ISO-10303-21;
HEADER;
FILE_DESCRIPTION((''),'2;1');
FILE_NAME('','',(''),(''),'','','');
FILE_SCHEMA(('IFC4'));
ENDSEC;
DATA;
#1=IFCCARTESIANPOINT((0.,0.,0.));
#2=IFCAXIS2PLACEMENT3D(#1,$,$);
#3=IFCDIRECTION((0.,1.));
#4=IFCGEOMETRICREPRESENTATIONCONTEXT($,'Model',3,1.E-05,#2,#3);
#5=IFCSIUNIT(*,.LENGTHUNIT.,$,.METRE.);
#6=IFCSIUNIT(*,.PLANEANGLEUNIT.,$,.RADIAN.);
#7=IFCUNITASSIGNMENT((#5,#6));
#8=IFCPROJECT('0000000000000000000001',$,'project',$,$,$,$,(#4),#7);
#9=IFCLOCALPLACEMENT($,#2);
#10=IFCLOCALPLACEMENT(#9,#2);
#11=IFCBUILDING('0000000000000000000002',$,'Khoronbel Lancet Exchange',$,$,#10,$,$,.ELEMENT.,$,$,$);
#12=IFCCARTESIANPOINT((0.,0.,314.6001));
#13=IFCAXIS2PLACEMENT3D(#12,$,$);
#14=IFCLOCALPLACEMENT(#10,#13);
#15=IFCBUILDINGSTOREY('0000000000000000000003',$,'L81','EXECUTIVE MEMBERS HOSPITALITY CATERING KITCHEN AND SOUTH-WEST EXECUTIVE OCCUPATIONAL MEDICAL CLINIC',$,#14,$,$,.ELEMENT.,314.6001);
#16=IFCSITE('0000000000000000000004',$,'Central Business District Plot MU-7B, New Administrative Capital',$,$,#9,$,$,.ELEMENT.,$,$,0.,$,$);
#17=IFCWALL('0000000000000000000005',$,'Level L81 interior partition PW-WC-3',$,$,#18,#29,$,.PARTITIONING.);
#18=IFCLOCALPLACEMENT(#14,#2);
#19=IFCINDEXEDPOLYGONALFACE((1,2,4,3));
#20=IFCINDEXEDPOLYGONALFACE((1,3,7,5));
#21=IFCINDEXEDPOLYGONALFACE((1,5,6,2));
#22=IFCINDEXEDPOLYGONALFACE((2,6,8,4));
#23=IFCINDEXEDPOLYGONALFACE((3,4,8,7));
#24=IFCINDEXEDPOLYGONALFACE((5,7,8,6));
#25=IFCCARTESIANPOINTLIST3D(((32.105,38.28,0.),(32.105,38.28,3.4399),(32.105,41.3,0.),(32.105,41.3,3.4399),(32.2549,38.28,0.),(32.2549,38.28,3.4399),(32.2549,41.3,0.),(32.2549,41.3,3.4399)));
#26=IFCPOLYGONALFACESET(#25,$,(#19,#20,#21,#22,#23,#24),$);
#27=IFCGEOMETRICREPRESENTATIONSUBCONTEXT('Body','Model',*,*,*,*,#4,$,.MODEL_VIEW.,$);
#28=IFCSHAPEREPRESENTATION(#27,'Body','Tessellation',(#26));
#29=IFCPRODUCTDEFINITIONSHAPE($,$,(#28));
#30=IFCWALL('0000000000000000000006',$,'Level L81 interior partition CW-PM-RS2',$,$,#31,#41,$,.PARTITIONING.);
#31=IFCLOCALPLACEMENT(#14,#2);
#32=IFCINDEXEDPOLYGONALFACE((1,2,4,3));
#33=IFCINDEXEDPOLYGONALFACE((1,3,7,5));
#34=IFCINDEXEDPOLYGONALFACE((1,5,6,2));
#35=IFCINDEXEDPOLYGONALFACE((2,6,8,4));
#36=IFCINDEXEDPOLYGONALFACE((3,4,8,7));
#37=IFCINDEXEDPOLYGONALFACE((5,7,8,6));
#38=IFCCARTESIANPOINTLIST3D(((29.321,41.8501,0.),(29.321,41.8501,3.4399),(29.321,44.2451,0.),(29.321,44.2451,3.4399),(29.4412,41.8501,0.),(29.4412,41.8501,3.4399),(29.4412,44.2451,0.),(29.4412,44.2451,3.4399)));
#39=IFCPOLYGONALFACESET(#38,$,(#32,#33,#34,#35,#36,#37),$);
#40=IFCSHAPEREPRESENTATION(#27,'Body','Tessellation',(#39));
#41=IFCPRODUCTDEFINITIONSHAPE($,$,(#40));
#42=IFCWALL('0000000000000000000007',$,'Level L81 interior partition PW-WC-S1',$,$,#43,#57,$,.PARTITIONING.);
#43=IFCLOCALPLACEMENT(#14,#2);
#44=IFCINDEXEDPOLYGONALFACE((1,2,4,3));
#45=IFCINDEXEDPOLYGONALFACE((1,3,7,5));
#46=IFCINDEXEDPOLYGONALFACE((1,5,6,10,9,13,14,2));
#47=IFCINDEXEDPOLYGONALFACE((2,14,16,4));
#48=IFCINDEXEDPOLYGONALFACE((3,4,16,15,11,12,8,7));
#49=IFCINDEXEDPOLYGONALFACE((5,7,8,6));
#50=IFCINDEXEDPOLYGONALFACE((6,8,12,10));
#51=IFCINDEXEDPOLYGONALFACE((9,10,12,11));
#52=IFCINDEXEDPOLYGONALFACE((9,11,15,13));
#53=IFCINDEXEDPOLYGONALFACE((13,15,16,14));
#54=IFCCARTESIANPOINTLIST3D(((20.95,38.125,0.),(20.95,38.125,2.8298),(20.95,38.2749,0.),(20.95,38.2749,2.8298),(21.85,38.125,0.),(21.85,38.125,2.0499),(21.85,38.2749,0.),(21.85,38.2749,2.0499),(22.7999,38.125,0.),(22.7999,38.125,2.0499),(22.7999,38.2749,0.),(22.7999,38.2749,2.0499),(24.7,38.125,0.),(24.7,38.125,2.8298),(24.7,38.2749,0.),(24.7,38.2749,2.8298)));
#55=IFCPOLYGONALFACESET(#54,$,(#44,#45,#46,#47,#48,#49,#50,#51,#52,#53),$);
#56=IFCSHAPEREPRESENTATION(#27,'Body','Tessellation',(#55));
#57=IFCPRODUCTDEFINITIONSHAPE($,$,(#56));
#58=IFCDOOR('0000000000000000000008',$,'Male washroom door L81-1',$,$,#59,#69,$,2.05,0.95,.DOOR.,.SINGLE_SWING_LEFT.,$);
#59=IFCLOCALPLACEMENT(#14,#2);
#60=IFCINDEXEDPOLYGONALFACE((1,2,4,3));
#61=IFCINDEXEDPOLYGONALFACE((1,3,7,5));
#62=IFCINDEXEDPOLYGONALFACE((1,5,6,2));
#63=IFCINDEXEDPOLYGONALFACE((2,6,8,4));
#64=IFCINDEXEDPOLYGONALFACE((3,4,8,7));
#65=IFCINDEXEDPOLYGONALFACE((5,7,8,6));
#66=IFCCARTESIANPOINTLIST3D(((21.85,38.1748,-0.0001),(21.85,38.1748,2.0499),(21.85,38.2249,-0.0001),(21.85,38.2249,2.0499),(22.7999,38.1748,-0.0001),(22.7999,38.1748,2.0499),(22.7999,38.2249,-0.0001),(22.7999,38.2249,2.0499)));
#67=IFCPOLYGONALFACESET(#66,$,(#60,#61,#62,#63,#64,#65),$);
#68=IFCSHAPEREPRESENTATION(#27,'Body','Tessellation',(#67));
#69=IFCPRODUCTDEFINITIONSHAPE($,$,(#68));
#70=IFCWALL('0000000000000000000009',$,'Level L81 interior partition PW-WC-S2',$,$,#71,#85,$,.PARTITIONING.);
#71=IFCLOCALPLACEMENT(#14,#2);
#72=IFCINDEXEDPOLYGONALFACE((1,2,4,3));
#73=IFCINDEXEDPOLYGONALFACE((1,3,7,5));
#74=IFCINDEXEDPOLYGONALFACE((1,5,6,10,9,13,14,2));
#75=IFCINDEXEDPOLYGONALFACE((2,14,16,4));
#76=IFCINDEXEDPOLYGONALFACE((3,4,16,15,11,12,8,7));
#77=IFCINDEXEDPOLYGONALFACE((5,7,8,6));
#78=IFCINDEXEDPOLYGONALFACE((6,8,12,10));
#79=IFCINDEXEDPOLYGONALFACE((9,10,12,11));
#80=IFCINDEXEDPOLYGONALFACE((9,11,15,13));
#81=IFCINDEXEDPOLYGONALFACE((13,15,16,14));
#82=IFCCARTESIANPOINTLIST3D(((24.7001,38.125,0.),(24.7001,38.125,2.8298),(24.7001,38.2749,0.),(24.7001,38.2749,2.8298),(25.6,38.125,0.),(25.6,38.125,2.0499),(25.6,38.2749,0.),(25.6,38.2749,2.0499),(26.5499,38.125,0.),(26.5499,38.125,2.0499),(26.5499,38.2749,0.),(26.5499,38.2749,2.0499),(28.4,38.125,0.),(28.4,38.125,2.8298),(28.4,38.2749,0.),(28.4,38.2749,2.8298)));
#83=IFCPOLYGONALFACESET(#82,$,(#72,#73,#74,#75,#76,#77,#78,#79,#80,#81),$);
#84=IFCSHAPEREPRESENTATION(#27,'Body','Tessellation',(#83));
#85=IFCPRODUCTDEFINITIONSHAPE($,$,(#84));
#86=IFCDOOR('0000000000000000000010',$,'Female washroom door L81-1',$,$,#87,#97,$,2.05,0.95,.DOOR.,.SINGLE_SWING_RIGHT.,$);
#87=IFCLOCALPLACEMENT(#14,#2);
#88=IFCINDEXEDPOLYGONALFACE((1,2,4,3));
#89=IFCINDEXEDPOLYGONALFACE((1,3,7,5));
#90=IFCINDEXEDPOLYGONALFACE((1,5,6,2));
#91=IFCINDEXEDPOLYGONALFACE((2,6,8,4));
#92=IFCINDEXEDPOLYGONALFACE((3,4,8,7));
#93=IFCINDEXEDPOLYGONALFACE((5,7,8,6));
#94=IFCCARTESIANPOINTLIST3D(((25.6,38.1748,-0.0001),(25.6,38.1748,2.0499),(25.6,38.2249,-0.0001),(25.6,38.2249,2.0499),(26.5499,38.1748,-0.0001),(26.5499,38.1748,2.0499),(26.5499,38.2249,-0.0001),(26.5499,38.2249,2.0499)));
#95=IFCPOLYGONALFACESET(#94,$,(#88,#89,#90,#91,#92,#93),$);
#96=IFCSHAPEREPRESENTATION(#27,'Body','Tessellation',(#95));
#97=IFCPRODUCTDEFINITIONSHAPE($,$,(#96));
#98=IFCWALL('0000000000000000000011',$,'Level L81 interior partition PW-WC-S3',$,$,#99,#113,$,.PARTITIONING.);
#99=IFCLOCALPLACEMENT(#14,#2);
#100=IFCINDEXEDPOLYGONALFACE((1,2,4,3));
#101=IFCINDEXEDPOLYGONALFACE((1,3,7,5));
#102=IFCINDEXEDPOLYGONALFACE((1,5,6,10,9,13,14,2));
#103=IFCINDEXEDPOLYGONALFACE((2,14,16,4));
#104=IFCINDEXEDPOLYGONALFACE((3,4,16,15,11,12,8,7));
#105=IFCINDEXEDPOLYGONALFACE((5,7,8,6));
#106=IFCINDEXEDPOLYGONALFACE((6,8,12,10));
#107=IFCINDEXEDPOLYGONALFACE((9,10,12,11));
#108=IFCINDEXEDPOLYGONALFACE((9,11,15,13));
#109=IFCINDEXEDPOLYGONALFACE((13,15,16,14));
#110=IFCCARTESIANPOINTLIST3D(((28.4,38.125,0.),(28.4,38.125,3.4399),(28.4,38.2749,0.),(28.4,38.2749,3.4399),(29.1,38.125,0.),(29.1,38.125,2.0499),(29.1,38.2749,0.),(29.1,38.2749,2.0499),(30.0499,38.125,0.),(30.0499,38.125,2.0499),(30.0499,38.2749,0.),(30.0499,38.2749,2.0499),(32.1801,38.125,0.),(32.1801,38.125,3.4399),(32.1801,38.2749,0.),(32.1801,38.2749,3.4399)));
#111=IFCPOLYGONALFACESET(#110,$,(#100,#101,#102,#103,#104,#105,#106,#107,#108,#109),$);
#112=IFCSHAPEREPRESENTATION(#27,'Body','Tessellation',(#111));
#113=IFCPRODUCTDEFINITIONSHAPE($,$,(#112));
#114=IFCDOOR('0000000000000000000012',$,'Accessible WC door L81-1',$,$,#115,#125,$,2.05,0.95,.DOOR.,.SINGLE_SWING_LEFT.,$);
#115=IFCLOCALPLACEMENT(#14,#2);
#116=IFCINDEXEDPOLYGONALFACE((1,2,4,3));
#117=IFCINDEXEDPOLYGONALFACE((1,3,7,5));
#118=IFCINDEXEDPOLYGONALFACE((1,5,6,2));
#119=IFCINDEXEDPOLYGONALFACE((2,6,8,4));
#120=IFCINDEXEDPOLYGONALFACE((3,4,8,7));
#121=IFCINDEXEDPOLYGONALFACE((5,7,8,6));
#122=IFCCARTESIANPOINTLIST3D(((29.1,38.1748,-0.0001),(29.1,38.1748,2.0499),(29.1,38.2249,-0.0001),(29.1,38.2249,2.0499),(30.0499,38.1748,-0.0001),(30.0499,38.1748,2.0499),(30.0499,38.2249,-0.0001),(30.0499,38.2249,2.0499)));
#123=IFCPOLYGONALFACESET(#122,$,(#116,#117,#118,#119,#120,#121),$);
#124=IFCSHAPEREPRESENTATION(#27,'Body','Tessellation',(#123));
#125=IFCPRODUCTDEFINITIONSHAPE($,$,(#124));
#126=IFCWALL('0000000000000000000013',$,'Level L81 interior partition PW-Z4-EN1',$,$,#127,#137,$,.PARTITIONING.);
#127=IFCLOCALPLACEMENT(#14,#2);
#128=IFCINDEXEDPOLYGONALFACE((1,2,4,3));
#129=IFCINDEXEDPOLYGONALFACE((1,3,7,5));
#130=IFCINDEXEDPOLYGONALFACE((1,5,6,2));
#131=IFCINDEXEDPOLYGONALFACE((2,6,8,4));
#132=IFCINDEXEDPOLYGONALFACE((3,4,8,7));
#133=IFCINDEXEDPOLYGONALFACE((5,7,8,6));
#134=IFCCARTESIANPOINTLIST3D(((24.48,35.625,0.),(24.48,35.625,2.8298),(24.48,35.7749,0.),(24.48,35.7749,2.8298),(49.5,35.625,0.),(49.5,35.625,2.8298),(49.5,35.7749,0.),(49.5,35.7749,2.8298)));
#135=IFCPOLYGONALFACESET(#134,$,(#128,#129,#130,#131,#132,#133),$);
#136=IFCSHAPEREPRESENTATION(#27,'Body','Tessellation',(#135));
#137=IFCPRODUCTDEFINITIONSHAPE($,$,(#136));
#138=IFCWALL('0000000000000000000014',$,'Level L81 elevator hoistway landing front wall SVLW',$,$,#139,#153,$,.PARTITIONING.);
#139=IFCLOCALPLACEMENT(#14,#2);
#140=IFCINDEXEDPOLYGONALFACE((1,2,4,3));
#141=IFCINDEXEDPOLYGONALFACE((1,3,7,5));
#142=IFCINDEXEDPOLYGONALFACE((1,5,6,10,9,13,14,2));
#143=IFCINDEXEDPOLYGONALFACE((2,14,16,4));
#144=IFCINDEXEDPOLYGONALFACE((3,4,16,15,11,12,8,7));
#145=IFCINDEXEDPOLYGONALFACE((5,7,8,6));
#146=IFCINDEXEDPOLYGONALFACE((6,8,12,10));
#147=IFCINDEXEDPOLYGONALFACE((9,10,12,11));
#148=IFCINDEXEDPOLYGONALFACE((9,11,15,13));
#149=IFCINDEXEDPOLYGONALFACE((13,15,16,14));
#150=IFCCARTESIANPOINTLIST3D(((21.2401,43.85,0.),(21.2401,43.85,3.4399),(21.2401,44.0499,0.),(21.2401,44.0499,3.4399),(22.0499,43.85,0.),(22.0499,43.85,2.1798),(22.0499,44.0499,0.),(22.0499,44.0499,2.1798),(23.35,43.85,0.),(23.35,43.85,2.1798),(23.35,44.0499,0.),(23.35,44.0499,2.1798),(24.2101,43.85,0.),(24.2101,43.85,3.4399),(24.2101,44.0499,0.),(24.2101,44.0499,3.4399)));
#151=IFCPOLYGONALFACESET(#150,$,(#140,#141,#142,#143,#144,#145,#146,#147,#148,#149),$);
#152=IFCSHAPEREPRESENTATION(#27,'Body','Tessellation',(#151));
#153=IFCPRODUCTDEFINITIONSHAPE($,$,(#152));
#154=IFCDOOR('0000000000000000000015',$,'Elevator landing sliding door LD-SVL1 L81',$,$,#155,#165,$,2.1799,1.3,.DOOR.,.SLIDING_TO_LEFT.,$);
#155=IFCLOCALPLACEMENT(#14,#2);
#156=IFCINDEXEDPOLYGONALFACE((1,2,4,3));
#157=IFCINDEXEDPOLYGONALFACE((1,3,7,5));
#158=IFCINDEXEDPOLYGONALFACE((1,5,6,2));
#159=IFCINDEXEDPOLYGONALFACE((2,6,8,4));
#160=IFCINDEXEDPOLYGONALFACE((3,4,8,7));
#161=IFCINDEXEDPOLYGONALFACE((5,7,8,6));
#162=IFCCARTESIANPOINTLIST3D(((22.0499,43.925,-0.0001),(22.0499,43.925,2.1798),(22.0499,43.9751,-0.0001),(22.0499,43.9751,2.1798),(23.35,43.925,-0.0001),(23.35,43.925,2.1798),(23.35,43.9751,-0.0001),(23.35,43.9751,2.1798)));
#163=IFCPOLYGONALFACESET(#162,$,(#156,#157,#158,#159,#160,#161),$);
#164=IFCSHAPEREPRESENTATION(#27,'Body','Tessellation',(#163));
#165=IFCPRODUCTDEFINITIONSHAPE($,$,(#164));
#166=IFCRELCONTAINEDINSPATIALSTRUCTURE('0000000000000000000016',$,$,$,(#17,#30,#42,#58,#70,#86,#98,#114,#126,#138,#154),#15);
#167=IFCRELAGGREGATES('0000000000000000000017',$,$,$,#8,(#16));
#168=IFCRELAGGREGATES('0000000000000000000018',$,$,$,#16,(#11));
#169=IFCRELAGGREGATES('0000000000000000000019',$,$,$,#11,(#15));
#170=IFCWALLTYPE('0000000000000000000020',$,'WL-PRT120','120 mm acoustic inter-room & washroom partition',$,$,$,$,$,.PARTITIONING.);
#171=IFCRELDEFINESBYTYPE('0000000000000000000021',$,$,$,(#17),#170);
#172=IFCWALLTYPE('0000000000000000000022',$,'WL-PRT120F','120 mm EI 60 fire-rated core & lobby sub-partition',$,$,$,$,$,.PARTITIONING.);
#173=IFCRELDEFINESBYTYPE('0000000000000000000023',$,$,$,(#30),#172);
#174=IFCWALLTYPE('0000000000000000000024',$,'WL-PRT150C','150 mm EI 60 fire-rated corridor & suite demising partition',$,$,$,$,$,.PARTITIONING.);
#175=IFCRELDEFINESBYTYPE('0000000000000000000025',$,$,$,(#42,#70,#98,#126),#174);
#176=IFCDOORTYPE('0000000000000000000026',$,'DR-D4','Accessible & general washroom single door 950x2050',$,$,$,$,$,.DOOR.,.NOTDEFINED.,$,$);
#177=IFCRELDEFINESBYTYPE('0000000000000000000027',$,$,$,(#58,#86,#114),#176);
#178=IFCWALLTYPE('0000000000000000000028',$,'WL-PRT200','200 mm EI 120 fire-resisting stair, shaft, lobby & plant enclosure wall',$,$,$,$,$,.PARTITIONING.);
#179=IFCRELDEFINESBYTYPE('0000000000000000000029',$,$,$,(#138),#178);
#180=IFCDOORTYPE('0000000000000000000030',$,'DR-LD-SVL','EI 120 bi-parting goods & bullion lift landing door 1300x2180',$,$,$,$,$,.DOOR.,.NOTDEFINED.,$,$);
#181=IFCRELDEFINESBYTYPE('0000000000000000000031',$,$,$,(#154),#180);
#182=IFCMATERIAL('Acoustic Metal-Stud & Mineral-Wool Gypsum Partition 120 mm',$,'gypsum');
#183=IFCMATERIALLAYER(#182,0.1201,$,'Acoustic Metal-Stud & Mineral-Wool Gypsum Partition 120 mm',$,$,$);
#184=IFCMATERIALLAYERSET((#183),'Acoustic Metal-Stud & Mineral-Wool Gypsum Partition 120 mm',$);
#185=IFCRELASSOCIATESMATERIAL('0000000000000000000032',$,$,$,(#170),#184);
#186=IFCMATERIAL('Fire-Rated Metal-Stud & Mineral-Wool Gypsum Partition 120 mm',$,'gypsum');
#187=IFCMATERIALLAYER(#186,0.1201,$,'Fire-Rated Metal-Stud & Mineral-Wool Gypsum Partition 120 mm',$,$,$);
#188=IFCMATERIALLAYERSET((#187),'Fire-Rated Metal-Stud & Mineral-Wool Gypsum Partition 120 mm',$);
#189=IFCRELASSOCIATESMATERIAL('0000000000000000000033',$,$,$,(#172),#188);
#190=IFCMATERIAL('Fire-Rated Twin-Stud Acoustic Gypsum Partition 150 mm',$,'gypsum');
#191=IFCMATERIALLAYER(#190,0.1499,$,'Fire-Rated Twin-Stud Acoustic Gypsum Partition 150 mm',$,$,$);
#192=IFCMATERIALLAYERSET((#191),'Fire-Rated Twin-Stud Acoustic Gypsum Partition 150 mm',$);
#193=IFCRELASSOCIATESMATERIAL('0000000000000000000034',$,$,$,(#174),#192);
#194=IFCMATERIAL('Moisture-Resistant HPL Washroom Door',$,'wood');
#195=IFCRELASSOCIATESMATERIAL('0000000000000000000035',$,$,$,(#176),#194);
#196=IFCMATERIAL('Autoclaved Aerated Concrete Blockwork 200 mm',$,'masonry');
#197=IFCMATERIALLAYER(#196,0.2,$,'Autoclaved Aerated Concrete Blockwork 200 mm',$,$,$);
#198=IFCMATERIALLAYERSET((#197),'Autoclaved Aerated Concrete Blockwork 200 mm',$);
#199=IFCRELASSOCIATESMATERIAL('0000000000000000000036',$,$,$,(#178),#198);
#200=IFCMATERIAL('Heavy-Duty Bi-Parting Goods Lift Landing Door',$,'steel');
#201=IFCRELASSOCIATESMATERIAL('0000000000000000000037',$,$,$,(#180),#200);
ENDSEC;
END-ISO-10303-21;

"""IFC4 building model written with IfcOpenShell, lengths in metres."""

from ifc_helpers import new_model, si_unit, direction, frame, frame_2d, origin, place, context, subcontext, project, spatial, rectangle, extrude, material, layer, layer_set, type_object, element, fill, save


model = new_model("IFC4")

# Units and contexts
model_context = context("Model", 3, precision=1e-05, world=origin(), true_north=direction((0.0, 1.0)))
body_context = subcontext(model_context, "Body", "Model", "MODEL_VIEW")
ifc_project = project(units=[si_unit("LENGTHUNIT", "METRE"), si_unit("PLANEANGLEUNIT", "RADIAN")], contexts=[model_context])

# Site, building, storey
site_placement = place(None, origin())
site = spatial("IfcSite", under=ifc_project, at=site_placement, Name="Central Business District Plot MU-7B, New Administrative Capital", CompositionType="ELEMENT", RefElevation=0.0)
building_placement = place(site_placement, origin())
building = spatial("IfcBuilding", under=site, at=building_placement, Name="Khoronbel Lancet Exchange", CompositionType="ELEMENT")
storey_placement = place(building_placement, frame((0.0, 0.0, 314.6001)))
storey = spatial("IfcBuildingStorey", under=building, at=storey_placement, Name="L81", Description="EXECUTIVE MEMBERS HOSPITALITY CATERING KITCHEN AND SOUTH-WEST EXECUTIVE OCCUPATIONAL MEDICAL CLINIC", CompositionType="ELEMENT", Elevation=314.6001)

# Walls
ifc_material_1 = material(Name="Acoustic Metal-Stud & Mineral-Wool Gypsum Partition 120 mm", Category="gypsum")
ifc_layer_1 = layer(ifc_material_1, 0.1201, Name="Acoustic Metal-Stud & Mineral-Wool Gypsum Partition 120 mm")
ifc_layer_set_1 = layer_set([ifc_layer_1], Name="Acoustic Metal-Stud & Mineral-Wool Gypsum Partition 120 mm")
wall_type_1 = type_object("IfcWallType", Name="WL-PRT120", Description="120 mm acoustic inter-room & washroom partition", PredefinedType="PARTITIONING", material=ifc_layer_set_1)
for number, where, z_axis, x_axis, name in (
    (1, (32.1799, 38.28, 0.0), (0.0, 0.0, 1.0), (0.0, 1.0, 0.0), "Level L81 interior partition PW-WC-3"),
):
    element("IfcWall", number, at=place(storey_placement, frame(where, z_axis=z_axis, x_axis=x_axis)), inside=storey, type_object=wall_type_1, Name=name, PredefinedType="PARTITIONING", context=body_context, shape_type="SweptSolid", body=[
        extrude(rectangle(XDim=3.02, YDim=0.1499, at=frame_2d((1.51, 0.0))), origin(), (0.0, 0.0, 1.0), 3.4399),
    ])
ifc_material_2 = material(Name="Fire-Rated Metal-Stud & Mineral-Wool Gypsum Partition 120 mm", Category="gypsum")
ifc_layer_2 = layer(ifc_material_2, 0.1201, Name="Fire-Rated Metal-Stud & Mineral-Wool Gypsum Partition 120 mm")
ifc_layer_set_2 = layer_set([ifc_layer_2], Name="Fire-Rated Metal-Stud & Mineral-Wool Gypsum Partition 120 mm")
wall_type_2 = type_object("IfcWallType", Name="WL-PRT120F", Description="120 mm EI 60 fire-rated core & lobby sub-partition", PredefinedType="PARTITIONING", material=ifc_layer_set_2)
wall_1_placement = place(storey_placement, frame((29.3811, 41.8501, 0.0), z_axis=(0.0, 0.0, 1.0), x_axis=(0.0, 1.0, 0.0)))
element("IfcWall", 2, at=wall_1_placement, inside=storey, type_object=wall_type_2, Name="Level L81 interior partition CW-PM-RS2", PredefinedType="PARTITIONING", context=body_context, shape_type="SweptSolid", body=[
    extrude(rectangle(XDim=2.395, YDim=0.1201, at=frame_2d((1.1975, 0.0))), origin(), (0.0, 0.0, 1.0), 3.4399),
])

# Walls, openings, doors
ifc_material_3 = material(Name="Fire-Rated Twin-Stud Acoustic Gypsum Partition 150 mm", Category="gypsum")
ifc_layer_3 = layer(ifc_material_3, 0.1499, Name="Fire-Rated Twin-Stud Acoustic Gypsum Partition 150 mm")
ifc_layer_set_3 = layer_set([ifc_layer_3], Name="Fire-Rated Twin-Stud Acoustic Gypsum Partition 150 mm")
wall_type_3 = type_object("IfcWallType", Name="WL-PRT150C", Description="150 mm EI 60 fire-rated corridor & suite demising partition", PredefinedType="PARTITIONING", material=ifc_layer_set_3)
wall_2_placement = place(storey_placement, frame((20.95, 38.2, 0.0), z_axis=(0.0, 0.0, 1.0), x_axis=(1.0, 0.0, 0.0)))
wall_2 = element("IfcWall", 3, at=wall_2_placement, inside=storey, type_object=wall_type_3, Name="Level L81 interior partition PW-WC-S1", PredefinedType="PARTITIONING", context=body_context, shape_type="SweptSolid", body=[
    extrude(rectangle(XDim=3.75, YDim=0.1499, at=frame_2d((1.875, 0.0))), origin(), (0.0, 0.0, 1.0), 2.8298),
])
opening_1_placement = place(wall_2_placement, frame((0.8999, 0.0, 0.0)))
opening_1 = element("IfcOpeningElement", 4, at=opening_1_placement, cuts=wall_2, PredefinedType="OPENING", context=body_context, shape_type="SweptSolid", body=[
    extrude(rectangle(XDim=0.95, YDim=2.05, at=frame_2d((0.4751, 1.0249))), frame((0.0, 0.085, 0.0), z_axis=(0.0, -1.0, 0.0), x_axis=(1.0, 0.0, 0.0)), (0.0, 0.0, 1.0), 0.1699),
])
ifc_material_4 = material(Name="Moisture-Resistant HPL Washroom Door", Category="wood")
door_type_1 = type_object("IfcDoorType", Name="DR-D4", Description="Accessible & general washroom single door 950x2050", OperationType="NOTDEFINED", PredefinedType="DOOR", material=ifc_material_4)
door_1_placement = place(opening_1_placement, origin())
door_1 = element("IfcDoor", 5, at=door_1_placement, inside=storey, type_object=door_type_1, Name="Male washroom door L81-1", OperationType="SINGLE_SWING_LEFT", OverallHeight=2.05, OverallWidth=0.95, PredefinedType="DOOR", context=body_context, shape_type="SweptSolid", body=[
    extrude(rectangle(XDim=0.95, YDim=2.05, at=frame_2d((0.4751, 1.0249))), frame((0.0, 0.0249, 0.0), z_axis=(0.0, -1.0, 0.0), x_axis=(1.0, 0.0, 0.0)), (0.0, 0.0, 1.0), 0.05),
])
fill(opening_1, door_1)
wall_3_placement = place(storey_placement, frame((24.7, 38.2, 0.0), z_axis=(0.0, 0.0, 1.0), x_axis=(1.0, 0.0, 0.0)))
wall_3 = element("IfcWall", 6, at=wall_3_placement, inside=storey, type_object=wall_type_3, Name="Level L81 interior partition PW-WC-S2", PredefinedType="PARTITIONING", context=body_context, shape_type="SweptSolid", body=[
    extrude(rectangle(XDim=3.7, YDim=0.1499, at=frame_2d((1.8501, 0.0))), origin(), (0.0, 0.0, 1.0), 2.8298),
])
opening_2_placement = place(wall_3_placement, frame((0.8999, 0.0, 0.0)))
opening_2 = element("IfcOpeningElement", 7, at=opening_2_placement, cuts=wall_3, PredefinedType="OPENING", context=body_context, shape_type="SweptSolid", body=[
    extrude(rectangle(XDim=0.95, YDim=2.05, at=frame_2d((0.4751, 1.0249))), frame((0.0, 0.085, 0.0), z_axis=(0.0, -1.0, 0.0), x_axis=(1.0, 0.0, 0.0)), (0.0, 0.0, 1.0), 0.1699),
])
door_2_placement = place(opening_2_placement, origin())
door_2 = element("IfcDoor", 8, at=door_2_placement, inside=storey, type_object=door_type_1, Name="Female washroom door L81-1", OperationType="SINGLE_SWING_RIGHT", OverallHeight=2.05, OverallWidth=0.95, PredefinedType="DOOR", context=body_context, shape_type="SweptSolid", body=[
    extrude(rectangle(XDim=0.95, YDim=2.05, at=frame_2d((0.4751, 1.0249))), frame((0.0, 0.0249, 0.0), z_axis=(0.0, -1.0, 0.0), x_axis=(1.0, 0.0, 0.0)), (0.0, 0.0, 1.0), 0.05),
])
fill(opening_2, door_2)
wall_4_placement = place(storey_placement, frame((28.3999, 38.2, 0.0), z_axis=(0.0, 0.0, 1.0), x_axis=(1.0, 0.0, 0.0)))
wall_4 = element("IfcWall", 9, at=wall_4_placement, inside=storey, type_object=wall_type_3, Name="Level L81 interior partition PW-WC-S3", PredefinedType="PARTITIONING", context=body_context, shape_type="SweptSolid", body=[
    extrude(rectangle(XDim=3.78, YDim=0.1499, at=frame_2d((1.8901, 0.0))), origin(), (0.0, 0.0, 1.0), 3.4399),
])
opening_3_placement = place(wall_4_placement, frame((0.7, 0.0, 0.0)))
opening_3 = element("IfcOpeningElement", 10, at=opening_3_placement, cuts=wall_4, PredefinedType="OPENING", context=body_context, shape_type="SweptSolid", body=[
    extrude(rectangle(XDim=0.95, YDim=2.05, at=frame_2d((0.4751, 1.0249))), frame((0.0, 0.085, 0.0), z_axis=(0.0, -1.0, 0.0), x_axis=(1.0, 0.0, 0.0)), (0.0, 0.0, 1.0), 0.1699),
])
door_3_placement = place(opening_3_placement, origin())
door_3 = element("IfcDoor", 11, at=door_3_placement, inside=storey, type_object=door_type_1, Name="Accessible WC door L81-1", OperationType="SINGLE_SWING_LEFT", OverallHeight=2.05, OverallWidth=0.95, PredefinedType="DOOR", context=body_context, shape_type="SweptSolid", body=[
    extrude(rectangle(XDim=0.95, YDim=2.05, at=frame_2d((0.4751, 1.0249))), frame((0.0, 0.0249, 0.0), z_axis=(0.0, -1.0, 0.0), x_axis=(1.0, 0.0, 0.0)), (0.0, 0.0, 1.0), 0.05),
])
fill(opening_3, door_3)

# Wall
wall_5_placement = place(storey_placement, frame((24.48, 35.7, 0.0), z_axis=(0.0, 0.0, 1.0), x_axis=(1.0, 0.0, 0.0)))
element("IfcWall", 12, at=wall_5_placement, inside=storey, type_object=wall_type_3, Name="Level L81 interior partition PW-Z4-EN1", PredefinedType="PARTITIONING", context=body_context, shape_type="SweptSolid", body=[
    extrude(rectangle(XDim=25.02, YDim=0.1499, at=frame_2d((12.51, 0.0))), origin(), (0.0, 0.0, 1.0), 2.8298),
])

# Wall, opening, door
ifc_material_5 = material(Name="Autoclaved Aerated Concrete Blockwork 200 mm", Category="masonry")
ifc_layer_4 = layer(ifc_material_5, 0.2, Name="Autoclaved Aerated Concrete Blockwork 200 mm")
ifc_layer_set_4 = layer_set([ifc_layer_4], Name="Autoclaved Aerated Concrete Blockwork 200 mm")
wall_type_4 = type_object("IfcWallType", Name="WL-PRT200", Description="200 mm EI 120 fire-resisting stair, shaft, lobby & plant enclosure wall", PredefinedType="PARTITIONING", material=ifc_layer_set_4)
wall_6_placement = place(storey_placement, frame((24.21, 43.95, 0.0), z_axis=(0.0, 0.0, 1.0), x_axis=(-1.0, 0.0, 0.0)))
wall_6 = element("IfcWall", 13, at=wall_6_placement, inside=storey, type_object=wall_type_4, Name="Level L81 elevator hoistway landing front wall SVLW", PredefinedType="PARTITIONING", context=body_context, shape_type="SweptSolid", body=[
    extrude(rectangle(XDim=2.97, YDim=0.2, at=frame_2d((1.4849, 0.0))), origin(), (0.0, 0.0, 1.0), 3.4399),
])
opening_4_placement = place(wall_6_placement, frame((0.8601, 0.0, 0.0)))
opening_4 = element("IfcOpeningElement", 14, at=opening_4_placement, cuts=wall_6, PredefinedType="OPENING", context=body_context, shape_type="SweptSolid", body=[
    extrude(rectangle(XDim=1.3, YDim=2.1799, at=frame_2d((0.6499, 1.0898))), frame((0.0, 0.1099, 0.0), z_axis=(0.0, -1.0, 0.0), x_axis=(1.0, 0.0, 0.0)), (0.0, 0.0, 1.0), 0.22),
])
ifc_material_6 = material(Name="Heavy-Duty Bi-Parting Goods Lift Landing Door", Category="steel")
door_type_2 = type_object("IfcDoorType", Name="DR-LD-SVL", Description="EI 120 bi-parting goods & bullion lift landing door 1300x2180", OperationType="NOTDEFINED", PredefinedType="DOOR", material=ifc_material_6)
door_4_placement = place(opening_4_placement, origin())
door_4 = element("IfcDoor", 15, at=door_4_placement, inside=storey, type_object=door_type_2, Name="Elevator landing sliding door LD-SVL1 L81", OperationType="SLIDING_TO_LEFT", OverallHeight=2.1799, OverallWidth=1.3, PredefinedType="DOOR", context=body_context, shape_type="SweptSolid", body=[
    extrude(rectangle(XDim=1.3, YDim=2.1799, at=frame_2d((0.6499, 1.0898))), frame((0.0, 0.0249, 0.0), z_axis=(0.0, -1.0, 0.0), x_axis=(1.0, 0.0, 0.0)), (0.0, 0.0, 1.0), 0.05),
])
fill(opening_4, door_4)

save(model, "model.ifc")
